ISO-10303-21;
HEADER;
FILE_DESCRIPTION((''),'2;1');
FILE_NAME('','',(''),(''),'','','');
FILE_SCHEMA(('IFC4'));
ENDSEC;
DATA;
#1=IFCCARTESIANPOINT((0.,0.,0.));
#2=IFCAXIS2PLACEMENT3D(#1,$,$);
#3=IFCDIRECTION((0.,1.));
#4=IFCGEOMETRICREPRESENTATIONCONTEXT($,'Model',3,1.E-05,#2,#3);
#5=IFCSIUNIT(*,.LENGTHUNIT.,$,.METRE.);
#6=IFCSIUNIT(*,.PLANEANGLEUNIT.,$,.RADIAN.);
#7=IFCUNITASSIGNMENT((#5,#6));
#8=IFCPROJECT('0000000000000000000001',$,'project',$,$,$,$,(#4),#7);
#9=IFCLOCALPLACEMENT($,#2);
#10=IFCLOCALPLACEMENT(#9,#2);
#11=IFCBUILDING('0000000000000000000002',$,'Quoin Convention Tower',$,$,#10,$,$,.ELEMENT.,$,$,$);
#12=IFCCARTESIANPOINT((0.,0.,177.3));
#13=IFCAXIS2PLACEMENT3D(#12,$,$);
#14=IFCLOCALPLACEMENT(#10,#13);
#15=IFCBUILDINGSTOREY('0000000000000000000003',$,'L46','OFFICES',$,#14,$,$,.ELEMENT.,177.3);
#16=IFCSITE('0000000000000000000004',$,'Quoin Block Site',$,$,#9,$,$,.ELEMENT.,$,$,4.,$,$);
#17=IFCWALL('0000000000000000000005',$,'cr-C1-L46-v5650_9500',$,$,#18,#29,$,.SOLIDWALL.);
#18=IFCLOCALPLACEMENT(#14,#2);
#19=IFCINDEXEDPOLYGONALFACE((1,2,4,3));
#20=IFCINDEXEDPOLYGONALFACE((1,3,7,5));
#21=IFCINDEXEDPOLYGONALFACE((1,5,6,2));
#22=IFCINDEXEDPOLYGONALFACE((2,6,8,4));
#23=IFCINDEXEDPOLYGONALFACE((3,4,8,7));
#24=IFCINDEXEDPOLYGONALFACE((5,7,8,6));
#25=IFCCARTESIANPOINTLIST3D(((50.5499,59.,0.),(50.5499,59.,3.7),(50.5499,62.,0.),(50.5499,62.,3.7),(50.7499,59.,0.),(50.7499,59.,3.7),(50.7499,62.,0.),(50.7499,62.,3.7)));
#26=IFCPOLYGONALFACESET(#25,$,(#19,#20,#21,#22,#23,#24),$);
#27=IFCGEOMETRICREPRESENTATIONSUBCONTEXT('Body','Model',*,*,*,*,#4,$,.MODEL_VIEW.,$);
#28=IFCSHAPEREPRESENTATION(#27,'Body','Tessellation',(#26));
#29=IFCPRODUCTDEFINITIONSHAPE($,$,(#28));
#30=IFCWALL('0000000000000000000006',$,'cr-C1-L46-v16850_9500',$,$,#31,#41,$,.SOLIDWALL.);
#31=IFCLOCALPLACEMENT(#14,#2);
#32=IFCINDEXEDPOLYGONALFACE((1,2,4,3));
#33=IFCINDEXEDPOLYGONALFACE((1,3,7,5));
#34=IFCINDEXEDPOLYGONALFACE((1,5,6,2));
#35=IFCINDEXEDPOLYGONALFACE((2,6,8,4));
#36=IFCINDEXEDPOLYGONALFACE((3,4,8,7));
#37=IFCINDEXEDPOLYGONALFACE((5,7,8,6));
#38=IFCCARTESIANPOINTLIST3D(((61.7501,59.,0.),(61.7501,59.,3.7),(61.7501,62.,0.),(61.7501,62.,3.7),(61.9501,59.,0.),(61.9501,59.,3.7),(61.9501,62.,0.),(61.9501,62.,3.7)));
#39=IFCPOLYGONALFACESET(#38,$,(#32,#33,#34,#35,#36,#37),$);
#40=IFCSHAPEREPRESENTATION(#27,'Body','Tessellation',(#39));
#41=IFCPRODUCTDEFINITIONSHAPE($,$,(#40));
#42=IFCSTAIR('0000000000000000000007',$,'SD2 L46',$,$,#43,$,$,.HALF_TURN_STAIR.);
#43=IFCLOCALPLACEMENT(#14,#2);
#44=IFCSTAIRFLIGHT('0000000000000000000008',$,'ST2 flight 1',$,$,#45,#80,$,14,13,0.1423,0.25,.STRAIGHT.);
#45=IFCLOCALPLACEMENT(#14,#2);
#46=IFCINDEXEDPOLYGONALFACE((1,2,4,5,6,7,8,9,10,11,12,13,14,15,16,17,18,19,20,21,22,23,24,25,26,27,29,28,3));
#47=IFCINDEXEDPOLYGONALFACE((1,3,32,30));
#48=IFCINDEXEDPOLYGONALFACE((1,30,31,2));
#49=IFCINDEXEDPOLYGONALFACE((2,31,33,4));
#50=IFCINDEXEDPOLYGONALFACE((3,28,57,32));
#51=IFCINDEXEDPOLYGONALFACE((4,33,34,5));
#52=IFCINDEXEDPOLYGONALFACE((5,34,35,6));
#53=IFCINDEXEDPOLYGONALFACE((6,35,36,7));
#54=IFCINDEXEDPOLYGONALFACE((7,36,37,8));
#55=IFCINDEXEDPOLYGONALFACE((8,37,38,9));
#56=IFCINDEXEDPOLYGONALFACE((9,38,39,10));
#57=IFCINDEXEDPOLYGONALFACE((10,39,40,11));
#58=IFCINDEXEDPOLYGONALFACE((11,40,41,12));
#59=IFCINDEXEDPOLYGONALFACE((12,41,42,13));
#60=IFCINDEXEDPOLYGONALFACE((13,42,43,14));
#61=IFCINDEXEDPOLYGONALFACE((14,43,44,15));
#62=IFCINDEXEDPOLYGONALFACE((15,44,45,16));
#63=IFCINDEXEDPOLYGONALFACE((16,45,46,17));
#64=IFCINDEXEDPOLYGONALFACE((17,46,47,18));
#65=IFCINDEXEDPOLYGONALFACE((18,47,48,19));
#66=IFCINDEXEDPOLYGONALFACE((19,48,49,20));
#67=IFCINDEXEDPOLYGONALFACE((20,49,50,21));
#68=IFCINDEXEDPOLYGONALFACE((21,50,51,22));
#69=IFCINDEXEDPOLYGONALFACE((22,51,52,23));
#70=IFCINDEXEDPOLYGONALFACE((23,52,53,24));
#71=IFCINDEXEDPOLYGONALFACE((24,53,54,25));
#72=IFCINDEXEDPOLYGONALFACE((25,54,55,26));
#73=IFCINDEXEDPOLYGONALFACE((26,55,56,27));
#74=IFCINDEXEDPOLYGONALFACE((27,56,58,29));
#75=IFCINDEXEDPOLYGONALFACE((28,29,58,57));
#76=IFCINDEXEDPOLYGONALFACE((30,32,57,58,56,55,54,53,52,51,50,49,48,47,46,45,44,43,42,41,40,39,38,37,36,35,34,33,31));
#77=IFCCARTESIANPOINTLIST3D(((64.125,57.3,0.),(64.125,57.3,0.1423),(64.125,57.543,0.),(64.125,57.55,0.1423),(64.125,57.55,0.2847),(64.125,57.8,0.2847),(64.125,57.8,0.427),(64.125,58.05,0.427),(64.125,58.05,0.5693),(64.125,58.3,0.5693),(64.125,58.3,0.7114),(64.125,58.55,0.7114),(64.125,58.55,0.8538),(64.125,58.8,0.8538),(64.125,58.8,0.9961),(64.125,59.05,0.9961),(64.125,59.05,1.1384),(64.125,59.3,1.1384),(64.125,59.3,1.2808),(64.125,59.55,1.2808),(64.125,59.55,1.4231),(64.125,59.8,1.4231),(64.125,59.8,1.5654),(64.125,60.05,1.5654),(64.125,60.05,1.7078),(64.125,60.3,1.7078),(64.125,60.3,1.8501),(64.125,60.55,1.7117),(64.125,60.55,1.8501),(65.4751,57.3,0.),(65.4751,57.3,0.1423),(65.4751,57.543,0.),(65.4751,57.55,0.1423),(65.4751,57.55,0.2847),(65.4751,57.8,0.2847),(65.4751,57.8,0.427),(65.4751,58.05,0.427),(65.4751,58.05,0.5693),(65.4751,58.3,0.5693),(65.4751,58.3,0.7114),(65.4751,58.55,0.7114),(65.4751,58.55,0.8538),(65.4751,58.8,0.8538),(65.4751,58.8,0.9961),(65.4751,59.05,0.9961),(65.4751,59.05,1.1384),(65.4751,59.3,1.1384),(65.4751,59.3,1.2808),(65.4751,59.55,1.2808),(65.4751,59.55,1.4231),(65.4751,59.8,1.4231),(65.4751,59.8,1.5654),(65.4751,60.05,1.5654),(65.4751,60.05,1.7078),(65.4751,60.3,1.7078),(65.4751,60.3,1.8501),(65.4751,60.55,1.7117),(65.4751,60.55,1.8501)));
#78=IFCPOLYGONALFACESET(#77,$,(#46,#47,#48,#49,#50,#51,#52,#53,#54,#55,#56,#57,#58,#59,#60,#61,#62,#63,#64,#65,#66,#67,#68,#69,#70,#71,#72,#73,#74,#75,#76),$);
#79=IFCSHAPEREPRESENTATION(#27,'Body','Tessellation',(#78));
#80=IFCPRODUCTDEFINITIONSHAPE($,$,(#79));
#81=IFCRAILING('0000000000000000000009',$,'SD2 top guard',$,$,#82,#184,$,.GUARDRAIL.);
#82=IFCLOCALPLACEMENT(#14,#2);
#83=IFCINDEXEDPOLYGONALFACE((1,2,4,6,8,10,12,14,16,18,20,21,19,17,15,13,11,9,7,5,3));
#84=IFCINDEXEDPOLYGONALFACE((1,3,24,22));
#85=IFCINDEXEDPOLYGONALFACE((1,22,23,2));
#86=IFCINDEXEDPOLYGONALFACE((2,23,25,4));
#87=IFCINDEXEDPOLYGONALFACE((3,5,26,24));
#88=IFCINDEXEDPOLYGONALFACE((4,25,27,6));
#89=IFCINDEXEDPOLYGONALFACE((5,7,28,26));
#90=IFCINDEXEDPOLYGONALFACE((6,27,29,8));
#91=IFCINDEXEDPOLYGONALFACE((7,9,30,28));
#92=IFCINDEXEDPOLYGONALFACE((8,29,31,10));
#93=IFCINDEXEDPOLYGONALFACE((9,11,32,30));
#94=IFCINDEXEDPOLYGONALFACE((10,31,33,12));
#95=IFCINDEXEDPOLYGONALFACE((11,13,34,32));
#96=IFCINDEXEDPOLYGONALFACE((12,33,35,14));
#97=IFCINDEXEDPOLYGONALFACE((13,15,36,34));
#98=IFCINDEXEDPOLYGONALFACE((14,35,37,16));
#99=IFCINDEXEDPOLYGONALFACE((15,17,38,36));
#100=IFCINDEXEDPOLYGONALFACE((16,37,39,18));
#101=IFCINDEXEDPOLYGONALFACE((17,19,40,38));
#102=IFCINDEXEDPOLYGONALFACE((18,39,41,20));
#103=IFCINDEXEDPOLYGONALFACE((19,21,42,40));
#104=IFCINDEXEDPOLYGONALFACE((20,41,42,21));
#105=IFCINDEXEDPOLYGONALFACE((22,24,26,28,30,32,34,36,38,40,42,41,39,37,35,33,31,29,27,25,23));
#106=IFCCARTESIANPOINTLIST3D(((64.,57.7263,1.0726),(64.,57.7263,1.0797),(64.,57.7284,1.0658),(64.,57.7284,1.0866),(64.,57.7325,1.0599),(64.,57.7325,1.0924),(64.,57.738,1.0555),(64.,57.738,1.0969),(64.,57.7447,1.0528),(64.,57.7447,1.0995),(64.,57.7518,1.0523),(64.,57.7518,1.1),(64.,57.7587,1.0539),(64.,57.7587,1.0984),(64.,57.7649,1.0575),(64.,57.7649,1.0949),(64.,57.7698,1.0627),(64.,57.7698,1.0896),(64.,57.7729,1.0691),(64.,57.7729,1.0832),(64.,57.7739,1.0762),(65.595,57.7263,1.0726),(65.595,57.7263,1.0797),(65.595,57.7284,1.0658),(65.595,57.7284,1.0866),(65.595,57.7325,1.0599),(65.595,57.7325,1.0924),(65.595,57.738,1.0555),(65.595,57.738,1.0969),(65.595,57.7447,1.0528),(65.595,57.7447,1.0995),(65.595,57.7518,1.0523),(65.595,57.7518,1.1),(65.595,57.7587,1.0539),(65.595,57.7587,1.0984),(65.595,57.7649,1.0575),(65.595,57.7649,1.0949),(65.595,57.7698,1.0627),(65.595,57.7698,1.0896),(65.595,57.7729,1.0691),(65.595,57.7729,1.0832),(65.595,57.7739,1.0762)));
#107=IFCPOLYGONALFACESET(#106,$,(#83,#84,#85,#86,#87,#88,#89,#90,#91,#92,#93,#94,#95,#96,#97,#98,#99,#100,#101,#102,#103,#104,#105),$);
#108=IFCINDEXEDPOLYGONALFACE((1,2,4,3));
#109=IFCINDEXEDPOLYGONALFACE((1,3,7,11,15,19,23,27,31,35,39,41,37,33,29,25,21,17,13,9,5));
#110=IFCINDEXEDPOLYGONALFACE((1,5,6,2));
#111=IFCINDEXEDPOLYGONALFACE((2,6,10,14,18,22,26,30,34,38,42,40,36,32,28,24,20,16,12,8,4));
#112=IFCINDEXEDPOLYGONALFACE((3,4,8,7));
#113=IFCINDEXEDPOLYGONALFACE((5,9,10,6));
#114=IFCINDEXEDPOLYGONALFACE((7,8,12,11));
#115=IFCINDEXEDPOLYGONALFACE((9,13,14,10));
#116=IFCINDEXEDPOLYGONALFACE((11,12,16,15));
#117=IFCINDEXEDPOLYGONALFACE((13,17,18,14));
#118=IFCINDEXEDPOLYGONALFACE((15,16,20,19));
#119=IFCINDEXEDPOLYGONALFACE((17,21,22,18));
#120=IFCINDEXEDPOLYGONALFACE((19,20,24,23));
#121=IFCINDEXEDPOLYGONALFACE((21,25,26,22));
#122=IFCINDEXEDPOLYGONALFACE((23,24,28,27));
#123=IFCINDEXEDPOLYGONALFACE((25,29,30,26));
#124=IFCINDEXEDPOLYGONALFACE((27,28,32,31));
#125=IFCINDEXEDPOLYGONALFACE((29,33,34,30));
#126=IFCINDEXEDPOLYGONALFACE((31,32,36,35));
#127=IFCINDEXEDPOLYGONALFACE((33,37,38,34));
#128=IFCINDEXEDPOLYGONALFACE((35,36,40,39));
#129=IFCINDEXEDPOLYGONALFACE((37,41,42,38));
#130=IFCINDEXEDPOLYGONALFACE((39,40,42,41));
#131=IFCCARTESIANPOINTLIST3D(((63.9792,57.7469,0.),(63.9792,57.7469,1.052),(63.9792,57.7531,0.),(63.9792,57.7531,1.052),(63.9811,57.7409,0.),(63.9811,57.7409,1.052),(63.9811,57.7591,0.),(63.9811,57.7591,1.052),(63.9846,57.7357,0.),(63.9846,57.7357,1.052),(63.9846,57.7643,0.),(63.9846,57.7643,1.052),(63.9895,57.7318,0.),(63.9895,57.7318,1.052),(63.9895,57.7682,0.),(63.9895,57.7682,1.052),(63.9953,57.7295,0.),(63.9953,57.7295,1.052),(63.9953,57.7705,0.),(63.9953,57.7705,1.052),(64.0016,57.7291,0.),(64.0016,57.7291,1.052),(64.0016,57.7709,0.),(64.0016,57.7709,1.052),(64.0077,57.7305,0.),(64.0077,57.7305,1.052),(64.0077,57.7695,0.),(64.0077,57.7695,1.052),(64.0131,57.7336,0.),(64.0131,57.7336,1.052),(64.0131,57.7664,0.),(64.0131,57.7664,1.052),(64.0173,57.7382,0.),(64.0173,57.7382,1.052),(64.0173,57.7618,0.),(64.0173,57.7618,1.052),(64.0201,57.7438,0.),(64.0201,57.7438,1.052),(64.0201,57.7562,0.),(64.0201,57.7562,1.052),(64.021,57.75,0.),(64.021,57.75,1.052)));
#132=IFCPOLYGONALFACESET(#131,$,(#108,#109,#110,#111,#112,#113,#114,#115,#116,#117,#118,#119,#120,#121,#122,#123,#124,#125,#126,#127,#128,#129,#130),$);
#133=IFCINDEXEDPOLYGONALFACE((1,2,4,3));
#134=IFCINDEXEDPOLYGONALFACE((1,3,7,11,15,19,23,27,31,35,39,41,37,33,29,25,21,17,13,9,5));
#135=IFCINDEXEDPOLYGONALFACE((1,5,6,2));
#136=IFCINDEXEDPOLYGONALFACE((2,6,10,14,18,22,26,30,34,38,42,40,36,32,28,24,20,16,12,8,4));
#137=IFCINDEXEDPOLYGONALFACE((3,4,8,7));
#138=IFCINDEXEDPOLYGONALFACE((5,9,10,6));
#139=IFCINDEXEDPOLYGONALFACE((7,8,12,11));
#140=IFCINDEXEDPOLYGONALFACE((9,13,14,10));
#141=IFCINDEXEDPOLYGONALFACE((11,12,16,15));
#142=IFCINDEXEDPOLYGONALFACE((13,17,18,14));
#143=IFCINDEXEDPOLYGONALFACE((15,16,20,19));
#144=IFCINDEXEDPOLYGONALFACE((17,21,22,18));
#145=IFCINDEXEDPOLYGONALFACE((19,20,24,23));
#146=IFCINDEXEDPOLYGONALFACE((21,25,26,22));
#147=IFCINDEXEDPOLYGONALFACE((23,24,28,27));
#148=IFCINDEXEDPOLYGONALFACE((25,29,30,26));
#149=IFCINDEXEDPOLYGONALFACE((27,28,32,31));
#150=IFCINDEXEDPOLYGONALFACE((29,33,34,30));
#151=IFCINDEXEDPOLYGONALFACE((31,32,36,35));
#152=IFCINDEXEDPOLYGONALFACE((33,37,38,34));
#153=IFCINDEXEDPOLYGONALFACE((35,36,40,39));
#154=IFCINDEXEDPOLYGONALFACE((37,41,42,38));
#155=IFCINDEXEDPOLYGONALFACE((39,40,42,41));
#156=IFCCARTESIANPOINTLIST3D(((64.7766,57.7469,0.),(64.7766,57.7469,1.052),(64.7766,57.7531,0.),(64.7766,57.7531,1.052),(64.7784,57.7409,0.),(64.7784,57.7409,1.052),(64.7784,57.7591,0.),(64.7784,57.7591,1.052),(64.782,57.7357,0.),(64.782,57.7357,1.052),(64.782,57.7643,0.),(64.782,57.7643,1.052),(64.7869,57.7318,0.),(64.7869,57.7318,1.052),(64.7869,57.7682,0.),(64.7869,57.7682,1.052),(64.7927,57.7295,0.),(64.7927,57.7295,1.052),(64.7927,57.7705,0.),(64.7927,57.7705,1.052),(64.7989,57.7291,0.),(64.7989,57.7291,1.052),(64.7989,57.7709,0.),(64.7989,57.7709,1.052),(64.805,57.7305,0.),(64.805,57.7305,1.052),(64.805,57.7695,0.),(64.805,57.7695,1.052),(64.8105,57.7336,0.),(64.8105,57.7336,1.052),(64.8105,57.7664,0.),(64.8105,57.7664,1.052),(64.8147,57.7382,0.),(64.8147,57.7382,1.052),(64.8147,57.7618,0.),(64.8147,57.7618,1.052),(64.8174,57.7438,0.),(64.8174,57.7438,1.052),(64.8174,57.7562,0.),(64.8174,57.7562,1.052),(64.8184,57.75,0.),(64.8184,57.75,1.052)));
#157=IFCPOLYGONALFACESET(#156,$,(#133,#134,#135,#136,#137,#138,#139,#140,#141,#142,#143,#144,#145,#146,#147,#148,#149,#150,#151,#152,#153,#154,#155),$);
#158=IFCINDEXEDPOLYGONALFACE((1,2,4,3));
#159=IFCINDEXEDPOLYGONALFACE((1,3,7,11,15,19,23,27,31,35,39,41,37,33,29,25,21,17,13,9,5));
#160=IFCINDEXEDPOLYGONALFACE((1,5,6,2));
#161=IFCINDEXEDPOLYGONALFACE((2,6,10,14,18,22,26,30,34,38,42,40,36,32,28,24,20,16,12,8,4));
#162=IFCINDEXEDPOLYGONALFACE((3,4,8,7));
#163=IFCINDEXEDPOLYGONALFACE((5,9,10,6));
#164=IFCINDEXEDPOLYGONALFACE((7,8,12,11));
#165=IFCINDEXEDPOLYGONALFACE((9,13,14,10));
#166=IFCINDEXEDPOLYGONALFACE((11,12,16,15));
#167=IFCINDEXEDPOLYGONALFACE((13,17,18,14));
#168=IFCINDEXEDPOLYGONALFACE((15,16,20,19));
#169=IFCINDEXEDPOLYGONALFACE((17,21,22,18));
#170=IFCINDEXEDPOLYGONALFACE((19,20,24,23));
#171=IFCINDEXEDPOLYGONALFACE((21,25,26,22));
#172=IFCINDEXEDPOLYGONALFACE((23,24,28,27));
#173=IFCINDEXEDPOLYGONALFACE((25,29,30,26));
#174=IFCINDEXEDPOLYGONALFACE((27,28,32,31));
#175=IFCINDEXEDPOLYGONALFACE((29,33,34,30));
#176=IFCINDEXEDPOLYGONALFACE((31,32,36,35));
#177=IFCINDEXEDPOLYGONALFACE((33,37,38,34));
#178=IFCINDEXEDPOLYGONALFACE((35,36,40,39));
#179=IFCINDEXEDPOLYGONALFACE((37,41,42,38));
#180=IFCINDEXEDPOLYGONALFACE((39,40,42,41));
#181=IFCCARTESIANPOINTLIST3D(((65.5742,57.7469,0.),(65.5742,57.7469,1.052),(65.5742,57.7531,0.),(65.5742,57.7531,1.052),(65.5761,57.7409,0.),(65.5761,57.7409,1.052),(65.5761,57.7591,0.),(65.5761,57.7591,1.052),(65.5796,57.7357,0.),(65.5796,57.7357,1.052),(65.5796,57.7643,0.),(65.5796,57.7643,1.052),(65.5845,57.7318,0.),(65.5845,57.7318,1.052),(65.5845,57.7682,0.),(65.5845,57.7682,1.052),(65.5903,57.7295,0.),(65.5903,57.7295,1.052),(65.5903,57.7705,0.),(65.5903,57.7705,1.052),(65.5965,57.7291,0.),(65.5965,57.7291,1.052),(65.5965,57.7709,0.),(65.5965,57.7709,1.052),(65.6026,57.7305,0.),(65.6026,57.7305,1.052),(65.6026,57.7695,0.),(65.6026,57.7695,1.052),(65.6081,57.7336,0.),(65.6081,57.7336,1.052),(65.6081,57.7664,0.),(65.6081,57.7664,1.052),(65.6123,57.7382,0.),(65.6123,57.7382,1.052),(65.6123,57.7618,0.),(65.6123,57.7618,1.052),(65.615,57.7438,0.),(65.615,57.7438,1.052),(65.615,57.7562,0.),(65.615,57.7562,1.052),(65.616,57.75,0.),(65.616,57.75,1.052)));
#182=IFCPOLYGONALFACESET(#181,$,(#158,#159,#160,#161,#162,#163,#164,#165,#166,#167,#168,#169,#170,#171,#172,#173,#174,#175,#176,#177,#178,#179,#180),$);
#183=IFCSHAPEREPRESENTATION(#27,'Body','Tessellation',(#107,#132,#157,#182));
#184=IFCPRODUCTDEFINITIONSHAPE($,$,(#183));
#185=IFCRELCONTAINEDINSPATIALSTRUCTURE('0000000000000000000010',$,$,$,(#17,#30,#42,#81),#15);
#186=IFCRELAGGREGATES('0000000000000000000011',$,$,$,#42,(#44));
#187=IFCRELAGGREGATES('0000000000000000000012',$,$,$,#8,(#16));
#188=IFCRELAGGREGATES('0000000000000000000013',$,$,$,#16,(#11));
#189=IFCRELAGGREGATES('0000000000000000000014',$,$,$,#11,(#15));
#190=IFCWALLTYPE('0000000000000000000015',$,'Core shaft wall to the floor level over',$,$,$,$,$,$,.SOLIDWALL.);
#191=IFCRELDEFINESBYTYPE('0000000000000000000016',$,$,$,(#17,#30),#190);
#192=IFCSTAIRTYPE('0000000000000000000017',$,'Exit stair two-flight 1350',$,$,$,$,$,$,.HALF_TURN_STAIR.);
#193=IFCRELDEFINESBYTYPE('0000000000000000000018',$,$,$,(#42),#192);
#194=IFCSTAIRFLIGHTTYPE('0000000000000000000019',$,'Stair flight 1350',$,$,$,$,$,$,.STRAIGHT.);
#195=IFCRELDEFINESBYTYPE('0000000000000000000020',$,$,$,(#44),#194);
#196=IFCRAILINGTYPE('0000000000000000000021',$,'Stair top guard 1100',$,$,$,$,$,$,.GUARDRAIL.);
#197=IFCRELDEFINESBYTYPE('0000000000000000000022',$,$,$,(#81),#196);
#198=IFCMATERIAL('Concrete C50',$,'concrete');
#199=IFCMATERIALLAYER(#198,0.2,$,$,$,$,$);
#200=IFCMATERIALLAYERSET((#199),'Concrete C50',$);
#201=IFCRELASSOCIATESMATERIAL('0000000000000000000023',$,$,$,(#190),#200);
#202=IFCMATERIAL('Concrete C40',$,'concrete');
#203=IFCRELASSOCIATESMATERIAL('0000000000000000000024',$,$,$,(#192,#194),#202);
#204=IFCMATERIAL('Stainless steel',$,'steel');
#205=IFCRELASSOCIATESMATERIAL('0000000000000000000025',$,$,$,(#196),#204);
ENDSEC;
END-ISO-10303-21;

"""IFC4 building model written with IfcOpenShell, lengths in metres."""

from ifc_helpers import new_model, si_unit, direction, frame, frame_2d, origin, origin_2d, place, context, subcontext, project, spatial, polyline, rectangle, circle, outline, extrude, material, layer, layer_set, type_object, element, aggregate, save


model = new_model("IFC4")

# Units and contexts
model_context = context("Model", 3, precision=1e-05, world=origin(), true_north=direction((0.0, 1.0)))
body_context = subcontext(model_context, "Body", "Model", "MODEL_VIEW")
ifc_project = project(units=[si_unit("LENGTHUNIT", "METRE"), si_unit("PLANEANGLEUNIT", "RADIAN")], contexts=[model_context])

# Site, building, storey
site_placement = place(None, origin())
site = spatial("IfcSite", under=ifc_project, at=site_placement, Name="Quoin Block Site", CompositionType="ELEMENT", RefElevation=4.0)
building_placement = place(site_placement, origin())
building = spatial("IfcBuilding", under=site, at=building_placement, Name="Quoin Convention Tower", CompositionType="ELEMENT")
storey_placement = place(building_placement, frame((0.0, 0.0, 177.3)))
storey = spatial("IfcBuildingStorey", under=building, at=storey_placement, Name="L46", Description="OFFICES", CompositionType="ELEMENT", Elevation=177.3)

# Shared definitions
ifc_material_1 = material(Name="Concrete C50", Category="concrete")

# Walls
ifc_layer_1 = layer(ifc_material_1, 0.2)
ifc_layer_set_1 = layer_set([ifc_layer_1], Name="Concrete C50")
wall_type_1 = type_object("IfcWallType", Name="Core shaft wall to the floor level over", PredefinedType="SOLIDWALL", material=ifc_layer_set_1)
for number, where, z_axis, x_axis, name in (
    (1, (50.6499, 59.0, 0.0), (0.0, 0.0, 1.0), (0.0, 1.0, 0.0), "cr-C1-L46-v5650_9500"),
    (2, (61.8501, 59.0, 0.0), (0.0, 0.0, 1.0), (0.0, 1.0, 0.0), "cr-C1-L46-v16850_9500"),
):
    element("IfcWall", number, at=place(storey_placement, frame(where, z_axis=z_axis, x_axis=x_axis)), inside=storey, type_object=wall_type_1, Name=name, PredefinedType="SOLIDWALL", context=body_context, shape_type="SweptSolid", body=[
        extrude(rectangle(XDim=3.0, YDim=0.2, at=frame_2d((1.5, 0.0))), origin(), (0.0, 0.0, 1.0), 3.7),
    ])

# Stair, stair flight
ifc_material_2 = material(Name="Concrete C40", Category="concrete")
stair_type = type_object("IfcStairType", Name="Exit stair two-flight 1350", PredefinedType="HALF_TURN_STAIR", material=ifc_material_2)
stair_placement = place(storey_placement, origin())
stair = element("IfcStair", 3, at=stair_placement, inside=storey, type_object=stair_type, Name="SD2 L46", PredefinedType="HALF_TURN_STAIR")
stair_flight_type = type_object("IfcStairFlightType", Name="Stair flight 1350", PredefinedType="STRAIGHT", material=ifc_material_2)
stair_flight_placement = place(storey_placement, frame((64.8, 57.3, 0.0), z_axis=(0.0, 0.0, 1.0), x_axis=(0.0, 1.0, 0.0)))
stair_flight = element("IfcStairFlight", 4, at=stair_flight_placement, type_object=stair_flight_type, Name="ST2 flight 1", NumberOfRisers=14, NumberOfTreads=13, PredefinedType="STRAIGHT", RiserHeight=0.1423, TreadLength=0.25, context=body_context, shape_type="SweptSolid", body=[
    extrude(outline(polyline([(0.0, 0.0), (0.0, 0.1423), (0.25, 0.1423), (0.25, 0.2847), (0.5, 0.2847), (0.5, 0.427), (0.75, 0.427), (0.75, 0.5693), (1.0, 0.5693), (1.0, 0.7114), (1.25, 0.7114), (1.25, 0.8538), (1.5, 0.8538), (1.5, 0.9961), (1.75, 0.9961), (1.75, 1.1384), (2.0, 1.1384), (2.0, 1.2808), (2.25, 1.2808), (2.25, 1.4231), (2.5, 1.4231), (2.5, 1.5654), (2.75, 1.5654), (2.75, 1.7078), (3.0, 1.7078), (3.0, 1.8501), (3.25, 1.8501), (3.25, 1.9922), (3.25, 1.7117), (0.2429, 0.0), (0.0, 0.0)])), frame((0.0, 0.675, 0.0), z_axis=(0.0, -1.0, 0.0), x_axis=(1.0, 0.0, 0.0)), (0.0, 0.0, 1.0), 1.3501),
])
aggregate(stair, [stair_flight])

# Railing
ifc_material_3 = material(Name="Stainless steel", Category="steel")
railing_type_1 = type_object("IfcRailingType", Name="Stair top guard 1100", PredefinedType="GUARDRAIL", material=ifc_material_3)
railing_1_placement = place(storey_placement, frame((64.0, 57.75, 0.0)))
element("IfcRailing", 5, at=railing_1_placement, inside=storey, type_object=railing_type_1, Name="SD2 top guard", PredefinedType="GUARDRAIL", context=body_context, shape_type="SweptSolid", body=[
    extrude(circle(Radius=0.0239, at=origin_2d()), frame((0.0, 0.0, 1.0762), z_axis=(1.0, 0.0, 0.0), x_axis=(0.0, 1.0, 0.0)), (0.0, 0.0, 1.0), 1.595),
    extrude(circle(Radius=0.021, at=origin_2d()), origin(), (0.0, 0.0, 1.0), 1.052),
    extrude(circle(Radius=0.021, at=origin_2d()), frame((0.7974, 0.0, 0.0)), (0.0, 0.0, 1.0), 1.052),
    extrude(circle(Radius=0.021, at=origin_2d()), frame((1.595, 0.0, 0.0)), (0.0, 0.0, 1.0), 1.052),
])

save(model, "model.ifc")
